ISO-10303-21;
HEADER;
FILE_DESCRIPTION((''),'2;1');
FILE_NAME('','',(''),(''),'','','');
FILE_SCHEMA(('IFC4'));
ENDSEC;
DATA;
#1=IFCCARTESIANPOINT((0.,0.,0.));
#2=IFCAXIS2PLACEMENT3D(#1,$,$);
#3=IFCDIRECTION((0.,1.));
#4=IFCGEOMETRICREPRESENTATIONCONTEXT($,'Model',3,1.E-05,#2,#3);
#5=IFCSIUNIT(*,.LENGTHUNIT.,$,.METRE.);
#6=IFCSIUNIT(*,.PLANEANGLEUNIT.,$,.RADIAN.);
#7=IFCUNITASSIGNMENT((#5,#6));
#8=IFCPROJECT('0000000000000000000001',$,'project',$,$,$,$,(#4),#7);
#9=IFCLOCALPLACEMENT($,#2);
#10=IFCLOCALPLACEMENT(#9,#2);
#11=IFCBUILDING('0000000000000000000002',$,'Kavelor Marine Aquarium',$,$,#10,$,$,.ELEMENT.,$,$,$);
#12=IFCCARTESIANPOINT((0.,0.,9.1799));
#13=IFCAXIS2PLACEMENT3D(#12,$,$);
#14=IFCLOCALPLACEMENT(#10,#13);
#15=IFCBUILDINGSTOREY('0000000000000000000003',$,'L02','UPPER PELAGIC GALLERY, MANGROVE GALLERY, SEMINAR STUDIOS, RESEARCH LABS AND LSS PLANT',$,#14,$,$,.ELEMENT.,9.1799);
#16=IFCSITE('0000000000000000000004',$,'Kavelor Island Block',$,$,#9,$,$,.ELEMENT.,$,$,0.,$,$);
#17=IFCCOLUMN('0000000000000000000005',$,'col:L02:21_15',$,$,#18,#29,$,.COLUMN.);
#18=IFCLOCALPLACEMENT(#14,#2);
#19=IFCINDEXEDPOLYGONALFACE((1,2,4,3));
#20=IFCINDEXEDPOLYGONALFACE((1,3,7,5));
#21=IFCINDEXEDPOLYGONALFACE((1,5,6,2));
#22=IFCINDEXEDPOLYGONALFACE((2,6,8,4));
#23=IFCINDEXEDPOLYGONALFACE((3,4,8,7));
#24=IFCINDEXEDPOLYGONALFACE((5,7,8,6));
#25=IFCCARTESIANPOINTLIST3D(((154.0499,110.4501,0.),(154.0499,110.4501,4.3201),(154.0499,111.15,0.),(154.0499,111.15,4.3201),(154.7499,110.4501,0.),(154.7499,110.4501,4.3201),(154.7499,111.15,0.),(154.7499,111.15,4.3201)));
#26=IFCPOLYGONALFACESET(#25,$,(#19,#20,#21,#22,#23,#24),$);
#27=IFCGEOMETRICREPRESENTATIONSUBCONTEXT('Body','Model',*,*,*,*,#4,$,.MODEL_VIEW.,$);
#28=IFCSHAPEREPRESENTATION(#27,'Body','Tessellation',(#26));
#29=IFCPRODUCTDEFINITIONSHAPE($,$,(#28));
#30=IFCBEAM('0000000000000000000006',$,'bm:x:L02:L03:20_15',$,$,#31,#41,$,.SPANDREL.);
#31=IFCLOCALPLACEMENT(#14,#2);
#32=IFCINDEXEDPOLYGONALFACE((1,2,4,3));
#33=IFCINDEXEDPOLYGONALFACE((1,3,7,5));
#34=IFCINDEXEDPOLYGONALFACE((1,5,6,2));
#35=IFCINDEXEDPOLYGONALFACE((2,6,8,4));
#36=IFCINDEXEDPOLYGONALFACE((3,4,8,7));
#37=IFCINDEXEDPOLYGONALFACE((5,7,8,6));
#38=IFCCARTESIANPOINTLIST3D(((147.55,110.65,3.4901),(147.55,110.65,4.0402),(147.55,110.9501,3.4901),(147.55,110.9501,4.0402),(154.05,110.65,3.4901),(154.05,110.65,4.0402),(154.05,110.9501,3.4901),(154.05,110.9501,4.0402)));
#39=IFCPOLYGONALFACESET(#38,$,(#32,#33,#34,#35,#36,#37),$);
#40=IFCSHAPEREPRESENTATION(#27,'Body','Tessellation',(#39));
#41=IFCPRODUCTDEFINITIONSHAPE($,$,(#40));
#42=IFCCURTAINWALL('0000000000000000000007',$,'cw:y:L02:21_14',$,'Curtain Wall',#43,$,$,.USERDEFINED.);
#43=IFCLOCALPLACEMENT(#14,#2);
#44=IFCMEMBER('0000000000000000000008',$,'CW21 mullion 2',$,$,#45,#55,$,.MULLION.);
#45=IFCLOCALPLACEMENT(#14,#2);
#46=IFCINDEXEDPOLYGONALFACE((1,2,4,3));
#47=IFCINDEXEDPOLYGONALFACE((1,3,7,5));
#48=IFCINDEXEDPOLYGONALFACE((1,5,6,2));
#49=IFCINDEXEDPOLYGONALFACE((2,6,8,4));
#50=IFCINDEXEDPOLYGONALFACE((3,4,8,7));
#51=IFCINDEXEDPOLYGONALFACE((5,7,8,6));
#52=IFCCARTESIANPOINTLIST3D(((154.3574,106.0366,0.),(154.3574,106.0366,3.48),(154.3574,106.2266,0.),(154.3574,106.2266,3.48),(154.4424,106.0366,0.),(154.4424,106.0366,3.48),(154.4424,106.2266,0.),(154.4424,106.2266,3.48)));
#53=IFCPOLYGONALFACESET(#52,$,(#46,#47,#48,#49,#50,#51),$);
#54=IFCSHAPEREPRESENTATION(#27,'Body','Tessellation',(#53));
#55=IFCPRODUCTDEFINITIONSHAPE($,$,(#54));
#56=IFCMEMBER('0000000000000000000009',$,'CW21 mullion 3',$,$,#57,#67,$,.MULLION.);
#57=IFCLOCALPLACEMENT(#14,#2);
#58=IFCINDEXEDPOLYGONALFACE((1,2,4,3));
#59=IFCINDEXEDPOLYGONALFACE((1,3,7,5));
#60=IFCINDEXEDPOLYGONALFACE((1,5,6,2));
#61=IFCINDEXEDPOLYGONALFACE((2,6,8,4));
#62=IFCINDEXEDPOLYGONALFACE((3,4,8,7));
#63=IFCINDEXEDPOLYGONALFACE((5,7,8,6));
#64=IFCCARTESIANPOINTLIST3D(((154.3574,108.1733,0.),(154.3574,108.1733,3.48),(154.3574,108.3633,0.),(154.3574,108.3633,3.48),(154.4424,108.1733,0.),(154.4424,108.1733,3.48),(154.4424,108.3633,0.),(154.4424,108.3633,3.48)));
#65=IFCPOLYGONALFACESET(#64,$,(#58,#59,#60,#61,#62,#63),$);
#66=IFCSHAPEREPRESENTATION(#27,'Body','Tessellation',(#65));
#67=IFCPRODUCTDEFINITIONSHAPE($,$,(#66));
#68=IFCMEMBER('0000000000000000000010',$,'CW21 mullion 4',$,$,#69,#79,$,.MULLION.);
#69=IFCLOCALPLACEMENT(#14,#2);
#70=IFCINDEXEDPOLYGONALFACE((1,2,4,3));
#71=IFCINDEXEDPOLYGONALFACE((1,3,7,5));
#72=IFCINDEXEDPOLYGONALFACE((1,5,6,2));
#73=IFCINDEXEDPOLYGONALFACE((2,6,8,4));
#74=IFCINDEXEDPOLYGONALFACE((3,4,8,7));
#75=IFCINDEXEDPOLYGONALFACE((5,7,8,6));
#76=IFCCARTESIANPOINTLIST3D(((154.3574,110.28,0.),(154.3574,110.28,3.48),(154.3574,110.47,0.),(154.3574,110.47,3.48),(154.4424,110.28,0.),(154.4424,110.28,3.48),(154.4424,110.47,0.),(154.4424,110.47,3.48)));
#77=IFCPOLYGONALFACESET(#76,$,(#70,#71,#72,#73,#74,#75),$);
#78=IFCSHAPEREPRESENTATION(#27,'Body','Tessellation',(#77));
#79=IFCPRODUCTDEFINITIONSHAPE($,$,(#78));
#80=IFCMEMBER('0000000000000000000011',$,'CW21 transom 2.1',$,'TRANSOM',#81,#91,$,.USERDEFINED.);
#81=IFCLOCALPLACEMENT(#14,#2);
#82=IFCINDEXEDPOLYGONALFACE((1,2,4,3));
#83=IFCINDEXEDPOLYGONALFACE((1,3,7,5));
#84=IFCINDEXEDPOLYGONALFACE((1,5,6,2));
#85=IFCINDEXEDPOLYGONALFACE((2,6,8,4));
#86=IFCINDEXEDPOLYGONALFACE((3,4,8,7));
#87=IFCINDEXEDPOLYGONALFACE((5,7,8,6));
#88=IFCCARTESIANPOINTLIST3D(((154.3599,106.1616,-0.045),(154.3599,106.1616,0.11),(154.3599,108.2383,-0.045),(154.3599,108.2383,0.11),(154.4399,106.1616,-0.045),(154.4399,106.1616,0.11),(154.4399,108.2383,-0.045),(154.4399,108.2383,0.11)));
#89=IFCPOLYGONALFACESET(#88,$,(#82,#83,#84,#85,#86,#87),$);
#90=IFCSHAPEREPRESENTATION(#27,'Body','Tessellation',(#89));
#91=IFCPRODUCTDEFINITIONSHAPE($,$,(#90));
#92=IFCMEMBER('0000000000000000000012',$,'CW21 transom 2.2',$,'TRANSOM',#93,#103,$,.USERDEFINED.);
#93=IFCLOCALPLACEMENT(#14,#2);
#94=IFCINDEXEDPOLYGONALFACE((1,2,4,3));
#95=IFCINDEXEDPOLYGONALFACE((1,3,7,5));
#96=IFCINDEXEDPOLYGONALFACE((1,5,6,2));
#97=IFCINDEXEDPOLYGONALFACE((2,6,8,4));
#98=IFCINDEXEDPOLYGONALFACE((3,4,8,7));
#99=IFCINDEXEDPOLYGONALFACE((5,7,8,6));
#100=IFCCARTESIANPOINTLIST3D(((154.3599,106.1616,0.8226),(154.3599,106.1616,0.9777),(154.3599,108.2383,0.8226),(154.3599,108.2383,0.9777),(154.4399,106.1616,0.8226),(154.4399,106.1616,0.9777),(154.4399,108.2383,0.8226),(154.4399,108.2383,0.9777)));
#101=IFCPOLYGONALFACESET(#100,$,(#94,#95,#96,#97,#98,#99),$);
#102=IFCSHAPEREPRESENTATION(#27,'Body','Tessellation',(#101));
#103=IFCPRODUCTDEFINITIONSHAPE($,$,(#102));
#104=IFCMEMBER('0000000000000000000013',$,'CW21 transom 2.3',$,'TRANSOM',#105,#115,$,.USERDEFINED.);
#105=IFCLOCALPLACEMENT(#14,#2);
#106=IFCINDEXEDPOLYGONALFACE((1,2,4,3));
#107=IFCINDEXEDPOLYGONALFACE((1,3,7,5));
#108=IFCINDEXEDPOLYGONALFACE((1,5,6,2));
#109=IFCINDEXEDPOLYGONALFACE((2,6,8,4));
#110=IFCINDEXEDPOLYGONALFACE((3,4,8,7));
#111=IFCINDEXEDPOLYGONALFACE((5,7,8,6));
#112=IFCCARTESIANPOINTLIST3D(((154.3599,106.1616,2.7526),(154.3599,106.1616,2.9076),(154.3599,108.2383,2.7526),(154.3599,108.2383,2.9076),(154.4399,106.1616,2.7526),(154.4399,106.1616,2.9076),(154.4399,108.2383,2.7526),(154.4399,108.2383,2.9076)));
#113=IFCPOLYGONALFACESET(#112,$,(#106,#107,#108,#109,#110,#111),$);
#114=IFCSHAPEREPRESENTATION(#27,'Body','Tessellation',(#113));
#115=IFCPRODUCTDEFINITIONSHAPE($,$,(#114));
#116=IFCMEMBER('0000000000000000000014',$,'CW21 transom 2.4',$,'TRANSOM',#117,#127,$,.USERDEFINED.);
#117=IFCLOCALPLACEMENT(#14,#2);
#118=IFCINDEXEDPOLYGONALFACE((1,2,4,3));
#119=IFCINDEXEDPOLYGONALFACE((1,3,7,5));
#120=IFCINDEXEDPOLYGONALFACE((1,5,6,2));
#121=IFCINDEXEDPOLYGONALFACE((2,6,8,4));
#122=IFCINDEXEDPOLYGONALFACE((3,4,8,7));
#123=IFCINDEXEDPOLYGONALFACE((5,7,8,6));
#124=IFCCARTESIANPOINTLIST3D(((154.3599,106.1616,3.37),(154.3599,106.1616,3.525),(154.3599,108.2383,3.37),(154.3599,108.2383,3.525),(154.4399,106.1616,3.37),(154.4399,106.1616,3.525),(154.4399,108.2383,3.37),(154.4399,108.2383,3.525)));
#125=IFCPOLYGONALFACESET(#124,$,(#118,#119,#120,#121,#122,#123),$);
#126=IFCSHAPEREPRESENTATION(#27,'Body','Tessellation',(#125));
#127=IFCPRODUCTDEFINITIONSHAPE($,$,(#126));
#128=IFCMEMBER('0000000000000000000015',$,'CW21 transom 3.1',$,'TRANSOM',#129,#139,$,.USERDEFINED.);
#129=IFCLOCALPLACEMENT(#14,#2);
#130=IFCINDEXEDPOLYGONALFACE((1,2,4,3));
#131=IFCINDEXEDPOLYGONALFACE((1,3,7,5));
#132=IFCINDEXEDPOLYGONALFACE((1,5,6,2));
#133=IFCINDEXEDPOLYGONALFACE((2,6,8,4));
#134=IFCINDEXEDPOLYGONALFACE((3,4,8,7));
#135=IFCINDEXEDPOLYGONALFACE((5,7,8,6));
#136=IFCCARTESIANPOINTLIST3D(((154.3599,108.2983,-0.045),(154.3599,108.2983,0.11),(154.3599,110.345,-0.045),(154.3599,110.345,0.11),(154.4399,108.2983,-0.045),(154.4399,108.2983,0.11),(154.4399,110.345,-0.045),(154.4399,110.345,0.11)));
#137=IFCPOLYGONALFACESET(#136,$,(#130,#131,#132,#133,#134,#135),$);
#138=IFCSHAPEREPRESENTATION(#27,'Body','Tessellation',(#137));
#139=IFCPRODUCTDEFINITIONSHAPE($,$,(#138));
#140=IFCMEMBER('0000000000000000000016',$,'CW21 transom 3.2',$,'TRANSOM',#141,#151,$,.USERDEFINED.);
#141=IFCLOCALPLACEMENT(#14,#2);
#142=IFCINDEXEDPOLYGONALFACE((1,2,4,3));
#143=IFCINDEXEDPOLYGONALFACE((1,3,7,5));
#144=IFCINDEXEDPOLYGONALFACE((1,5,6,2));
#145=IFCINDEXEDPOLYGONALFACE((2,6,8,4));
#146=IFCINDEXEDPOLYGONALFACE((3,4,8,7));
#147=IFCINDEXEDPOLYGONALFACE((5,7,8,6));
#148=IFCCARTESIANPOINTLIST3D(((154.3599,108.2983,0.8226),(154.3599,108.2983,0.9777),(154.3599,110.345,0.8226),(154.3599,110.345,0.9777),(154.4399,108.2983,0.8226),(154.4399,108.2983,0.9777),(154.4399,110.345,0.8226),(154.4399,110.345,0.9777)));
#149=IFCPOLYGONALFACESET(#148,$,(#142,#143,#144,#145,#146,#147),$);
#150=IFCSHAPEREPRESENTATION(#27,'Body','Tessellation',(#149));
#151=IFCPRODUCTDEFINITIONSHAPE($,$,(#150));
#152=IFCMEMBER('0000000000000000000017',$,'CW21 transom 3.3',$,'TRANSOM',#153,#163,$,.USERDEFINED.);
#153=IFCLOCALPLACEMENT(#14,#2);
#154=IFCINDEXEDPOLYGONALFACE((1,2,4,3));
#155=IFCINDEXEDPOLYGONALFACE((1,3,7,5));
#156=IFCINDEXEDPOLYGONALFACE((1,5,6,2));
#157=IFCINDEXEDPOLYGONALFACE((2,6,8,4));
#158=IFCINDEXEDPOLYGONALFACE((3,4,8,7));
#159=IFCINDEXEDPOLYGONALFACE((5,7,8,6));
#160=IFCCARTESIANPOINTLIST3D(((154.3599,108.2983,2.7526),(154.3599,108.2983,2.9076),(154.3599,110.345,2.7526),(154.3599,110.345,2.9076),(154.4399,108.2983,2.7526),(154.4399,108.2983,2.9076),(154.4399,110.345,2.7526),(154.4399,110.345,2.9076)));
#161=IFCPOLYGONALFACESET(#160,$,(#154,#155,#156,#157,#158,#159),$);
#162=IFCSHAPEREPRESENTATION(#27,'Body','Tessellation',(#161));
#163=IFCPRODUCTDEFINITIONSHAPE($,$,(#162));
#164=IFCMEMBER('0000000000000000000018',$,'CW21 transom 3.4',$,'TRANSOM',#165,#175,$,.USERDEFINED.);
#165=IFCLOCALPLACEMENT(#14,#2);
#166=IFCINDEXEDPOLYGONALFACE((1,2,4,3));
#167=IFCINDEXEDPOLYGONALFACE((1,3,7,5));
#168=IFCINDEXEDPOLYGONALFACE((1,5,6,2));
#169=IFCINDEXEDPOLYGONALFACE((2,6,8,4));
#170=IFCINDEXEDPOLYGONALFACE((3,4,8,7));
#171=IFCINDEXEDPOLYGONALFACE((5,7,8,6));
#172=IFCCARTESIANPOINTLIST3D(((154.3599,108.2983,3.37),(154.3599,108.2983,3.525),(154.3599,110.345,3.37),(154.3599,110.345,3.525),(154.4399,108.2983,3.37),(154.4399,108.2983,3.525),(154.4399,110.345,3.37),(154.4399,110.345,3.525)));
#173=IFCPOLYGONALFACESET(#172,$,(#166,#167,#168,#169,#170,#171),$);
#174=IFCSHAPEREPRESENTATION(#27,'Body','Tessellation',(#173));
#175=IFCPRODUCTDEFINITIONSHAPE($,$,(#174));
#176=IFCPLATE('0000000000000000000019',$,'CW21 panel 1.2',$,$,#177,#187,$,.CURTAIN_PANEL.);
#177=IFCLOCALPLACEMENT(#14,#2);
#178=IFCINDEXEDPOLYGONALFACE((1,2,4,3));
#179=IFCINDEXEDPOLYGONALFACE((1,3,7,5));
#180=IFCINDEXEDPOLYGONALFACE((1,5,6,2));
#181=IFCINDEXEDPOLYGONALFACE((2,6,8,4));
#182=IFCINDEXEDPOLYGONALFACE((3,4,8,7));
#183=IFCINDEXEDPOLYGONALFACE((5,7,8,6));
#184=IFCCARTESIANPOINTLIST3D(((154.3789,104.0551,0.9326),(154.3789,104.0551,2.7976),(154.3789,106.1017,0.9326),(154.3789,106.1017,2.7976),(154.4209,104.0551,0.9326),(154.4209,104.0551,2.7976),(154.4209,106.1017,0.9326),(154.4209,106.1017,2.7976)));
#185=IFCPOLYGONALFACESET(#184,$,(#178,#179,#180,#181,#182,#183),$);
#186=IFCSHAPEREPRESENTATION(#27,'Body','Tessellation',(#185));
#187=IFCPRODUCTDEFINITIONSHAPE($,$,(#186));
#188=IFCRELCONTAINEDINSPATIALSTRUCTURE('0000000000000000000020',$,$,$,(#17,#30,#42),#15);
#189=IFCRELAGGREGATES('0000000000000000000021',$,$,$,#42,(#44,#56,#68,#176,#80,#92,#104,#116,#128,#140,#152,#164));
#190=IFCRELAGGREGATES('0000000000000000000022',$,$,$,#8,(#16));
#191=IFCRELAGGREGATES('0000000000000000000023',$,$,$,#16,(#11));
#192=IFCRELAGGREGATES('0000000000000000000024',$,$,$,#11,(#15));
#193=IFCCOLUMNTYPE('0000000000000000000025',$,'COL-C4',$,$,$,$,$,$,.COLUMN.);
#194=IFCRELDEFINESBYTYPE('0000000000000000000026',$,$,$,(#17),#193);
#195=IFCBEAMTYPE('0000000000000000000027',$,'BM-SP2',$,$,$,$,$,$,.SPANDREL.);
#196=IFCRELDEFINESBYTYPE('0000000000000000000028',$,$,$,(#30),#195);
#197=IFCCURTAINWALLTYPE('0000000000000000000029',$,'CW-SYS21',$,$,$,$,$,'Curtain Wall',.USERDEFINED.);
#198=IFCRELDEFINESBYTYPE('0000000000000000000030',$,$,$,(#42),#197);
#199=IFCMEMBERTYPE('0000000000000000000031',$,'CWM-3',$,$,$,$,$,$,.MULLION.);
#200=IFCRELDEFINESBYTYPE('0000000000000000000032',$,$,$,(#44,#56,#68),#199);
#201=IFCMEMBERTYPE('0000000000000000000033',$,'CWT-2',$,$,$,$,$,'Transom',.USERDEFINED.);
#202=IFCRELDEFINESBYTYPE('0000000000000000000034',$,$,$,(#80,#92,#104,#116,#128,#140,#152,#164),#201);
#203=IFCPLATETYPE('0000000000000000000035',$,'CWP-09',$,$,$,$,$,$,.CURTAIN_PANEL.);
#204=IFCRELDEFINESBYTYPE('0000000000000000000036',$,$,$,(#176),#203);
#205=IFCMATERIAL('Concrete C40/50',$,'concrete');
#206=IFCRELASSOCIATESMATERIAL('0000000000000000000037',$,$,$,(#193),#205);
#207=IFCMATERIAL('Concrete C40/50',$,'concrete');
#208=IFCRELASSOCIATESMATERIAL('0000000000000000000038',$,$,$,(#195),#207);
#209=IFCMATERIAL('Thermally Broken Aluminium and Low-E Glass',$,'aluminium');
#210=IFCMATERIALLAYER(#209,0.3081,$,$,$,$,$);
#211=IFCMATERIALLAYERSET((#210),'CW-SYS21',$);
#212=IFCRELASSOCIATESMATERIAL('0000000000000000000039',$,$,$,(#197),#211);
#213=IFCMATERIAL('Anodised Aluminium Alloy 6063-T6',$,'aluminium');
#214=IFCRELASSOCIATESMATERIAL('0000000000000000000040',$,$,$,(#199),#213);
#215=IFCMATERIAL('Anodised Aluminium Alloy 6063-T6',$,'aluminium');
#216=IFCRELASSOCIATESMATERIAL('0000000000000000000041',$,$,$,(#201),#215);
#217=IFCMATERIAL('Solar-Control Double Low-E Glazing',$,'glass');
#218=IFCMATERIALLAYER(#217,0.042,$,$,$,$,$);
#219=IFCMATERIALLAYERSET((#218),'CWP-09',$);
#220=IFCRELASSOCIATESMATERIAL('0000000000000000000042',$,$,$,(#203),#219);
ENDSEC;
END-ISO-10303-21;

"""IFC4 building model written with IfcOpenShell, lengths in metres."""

from ifc_helpers import new_model, si_unit, direction, frame, origin, origin_2d, place, context, subcontext, project, spatial, rectangle, extrude, material, layer, layer_set, material_profile, profile_set, type_object, element, aggregate, save


model = new_model("IFC4")

# Units and contexts
model_context = context("Model", 3, precision=1e-05, world=origin(), true_north=direction((0.0, 1.0)))
body_context = subcontext(model_context, "Body", "Model", "MODEL_VIEW")
ifc_project = project(units=[si_unit("LENGTHUNIT", "METRE"), si_unit("PLANEANGLEUNIT", "RADIAN")], contexts=[model_context])

# Site, building, storey
site_placement = place(None, origin())
site = spatial("IfcSite", under=ifc_project, at=site_placement, Name="Kavelor Island Block", CompositionType="ELEMENT", RefElevation=0.0)
building_placement = place(site_placement, origin())
building = spatial("IfcBuilding", under=site, at=building_placement, Name="Kavelor Marine Aquarium", CompositionType="ELEMENT")
storey_placement = place(building_placement, frame((0.0, 0.0, 9.1799)))
storey = spatial("IfcBuildingStorey", under=building, at=storey_placement, Name="L02", Description="UPPER PELAGIC GALLERY, MANGROVE GALLERY, SEMINAR STUDIOS, RESEARCH LABS AND LSS PLANT", CompositionType="ELEMENT", Elevation=9.1799)

# Column
ifc_material_1 = material(Name="Concrete C40/50", Category="concrete")
ifc_material_profile_1 = material_profile(ifc_material_1, rectangle(XDim=0.7, YDim=0.7, at=origin_2d()), Name="RC-COL 700x700")
ifc_profile_set_1 = profile_set([ifc_material_profile_1], Name="Concrete C40/50")
column_type = type_object("IfcColumnType", Name="COL-C4", PredefinedType="COLUMN", material=ifc_profile_set_1)
column_placement = place(storey_placement, frame((154.3999, 110.8, 0.0), z_axis=(0.0, 0.0, 1.0), x_axis=(1.0, 0.0, 0.0)))
element("IfcColumn", 1, at=column_placement, inside=storey, type_object=column_type, Name="col:L02:21_15", PredefinedType="COLUMN", context=body_context, shape_type="SweptSolid", body=[
    extrude(rectangle(XDim=0.7, YDim=0.7, at=origin_2d()), origin(), (0.0, 0.0, 1.0), 4.3201),
])

# Beam
ifc_material_2 = material(Name="Concrete C40/50", Category="concrete")
ifc_material_profile_2 = material_profile(ifc_material_2, rectangle(XDim=0.3, YDim=0.55, at=origin_2d()), Name="RC-SP 300x550")
ifc_profile_set_2 = profile_set([ifc_material_profile_2], Name="Concrete C40/50")
beam_type = type_object("IfcBeamType", Name="BM-SP2", PredefinedType="SPANDREL", material=ifc_profile_set_2)
beam_placement = place(storey_placement, frame((147.55, 110.8, 3.7651), z_axis=(1.0, 0.0, 0.0), x_axis=(0.0, 1.0, 0.0)))
element("IfcBeam", 2, at=beam_placement, inside=storey, type_object=beam_type, Name="bm:x:L02:L03:20_15", PredefinedType="SPANDREL", context=body_context, shape_type="SweptSolid", body=[
    extrude(rectangle(XDim=0.3, YDim=0.55, at=origin_2d()), origin(), (0.0, 0.0, 1.0), 6.5),
])

# Curtain wall, members, plate
ifc_material_3 = material(Name="Thermally Broken Aluminium and Low-E Glass", Category="aluminium")
ifc_layer_1 = layer(ifc_material_3, 0.3081)
ifc_layer_set_1 = layer_set([ifc_layer_1], Name="CW-SYS21")
curtain_wall_type = type_object("IfcCurtainWallType", Name="CW-SYS21", ElementType="Curtain Wall", PredefinedType="USERDEFINED", material=ifc_layer_set_1)
curtain_wall_placement = place(storey_placement, origin())
curtain_wall = element("IfcCurtainWall", 3, at=curtain_wall_placement, inside=storey, type_object=curtain_wall_type, Name="cw:y:L02:21_14", ObjectType="Curtain Wall", PredefinedType="USERDEFINED")
ifc_material_4 = material(Name="Anodised Aluminium Alloy 6063-T6", Category="aluminium")
ifc_material_profile_3 = material_profile(ifc_material_4, rectangle(XDim=0.085, YDim=0.1899, at=origin_2d()), Name="CW-MUL 85x190")
ifc_profile_set_3 = profile_set([ifc_material_profile_3], Name="Anodised Aluminium Alloy 6063-T6")
member_type_1 = type_object("IfcMemberType", Name="CWM-3", PredefinedType="MULLION", material=ifc_profile_set_3)
member_1_placement = place(storey_placement, frame((154.3999, 106.1316, 0.0), z_axis=(0.0, 0.0, 1.0), x_axis=(-1.0, 0.0, 0.0)))
member_1 = element("IfcMember", 4, at=member_1_placement, type_object=member_type_1, Name="CW21 mullion 2", PredefinedType="MULLION", context=body_context, shape_type="SweptSolid", body=[
    extrude(rectangle(XDim=0.085, YDim=0.1899, at=origin_2d()), origin(), (0.0, 0.0, 1.0), 3.48),
])
member_2_placement = place(storey_placement, frame((154.3999, 108.2683, 0.0), z_axis=(0.0, 0.0, 1.0), x_axis=(-1.0, 0.0, 0.0)))
member_2 = element("IfcMember", 5, at=member_2_placement, type_object=member_type_1, Name="CW21 mullion 3", PredefinedType="MULLION", context=body_context, shape_type="SweptSolid", body=[
    extrude(rectangle(XDim=0.085, YDim=0.1899, at=origin_2d()), origin(), (0.0, 0.0, 1.0), 3.48),
])
member_3_placement = place(storey_placement, frame((154.3999, 110.375, 0.0), z_axis=(0.0, 0.0, 1.0), x_axis=(-1.0, 0.0, 0.0)))
member_3 = element("IfcMember", 6, at=member_3_placement, type_object=member_type_1, Name="CW21 mullion 4", PredefinedType="MULLION", context=body_context, shape_type="SweptSolid", body=[
    extrude(rectangle(XDim=0.085, YDim=0.1899, at=origin_2d()), origin(), (0.0, 0.0, 1.0), 3.48),
])
ifc_material_5 = material(Name="Anodised Aluminium Alloy 6063-T6", Category="aluminium")
ifc_material_profile_4 = material_profile(ifc_material_5, rectangle(XDim=0.0801, YDim=0.155, at=origin_2d()), Name="CW-TRN 80x155")
ifc_profile_set_4 = profile_set([ifc_material_profile_4], Name="Anodised Aluminium Alloy 6063-T6")
member_type_2 = type_object("IfcMemberType", Name="CWT-2", ElementType="Transom", PredefinedType="USERDEFINED", material=ifc_profile_set_4)
member_4_placement = place(storey_placement, frame((154.3999, 106.1616, 0.0325), z_axis=(0.0, 1.0, 0.0), x_axis=(-1.0, 0.0, 0.0)))
member_4 = element("IfcMember", 7, at=member_4_placement, type_object=member_type_2, Name="CW21 transom 2.1", ObjectType="TRANSOM", PredefinedType="USERDEFINED", context=body_context, shape_type="SweptSolid", body=[
    extrude(rectangle(XDim=0.0801, YDim=0.155, at=origin_2d()), origin(), (0.0, 0.0, 1.0), 2.0767),
])
member_5_placement = place(storey_placement, frame((154.3999, 106.1616, 0.9001), z_axis=(0.0, 1.0, 0.0), x_axis=(-1.0, 0.0, 0.0)))
member_5 = element("IfcMember", 8, at=member_5_placement, type_object=member_type_2, Name="CW21 transom 2.2", ObjectType="TRANSOM", PredefinedType="USERDEFINED", context=body_context, shape_type="SweptSolid", body=[
    extrude(rectangle(XDim=0.0801, YDim=0.155, at=origin_2d()), origin(), (0.0, 0.0, 1.0), 2.0767),
])
member_6_placement = place(storey_placement, frame((154.3999, 106.1616, 2.8301), z_axis=(0.0, 1.0, 0.0), x_axis=(-1.0, 0.0, 0.0)))
member_6 = element("IfcMember", 9, at=member_6_placement, type_object=member_type_2, Name="CW21 transom 2.3", ObjectType="TRANSOM", PredefinedType="USERDEFINED", context=body_context, shape_type="SweptSolid", body=[
    extrude(rectangle(XDim=0.0801, YDim=0.155, at=origin_2d()), origin(), (0.0, 0.0, 1.0), 2.0767),
])
member_7_placement = place(storey_placement, frame((154.3999, 106.1616, 3.4475), z_axis=(0.0, 1.0, 0.0), x_axis=(-1.0, 0.0, 0.0)))
member_7 = element("IfcMember", 10, at=member_7_placement, type_object=member_type_2, Name="CW21 transom 2.4", ObjectType="TRANSOM", PredefinedType="USERDEFINED", context=body_context, shape_type="SweptSolid", body=[
    extrude(rectangle(XDim=0.0801, YDim=0.155, at=origin_2d()), origin(), (0.0, 0.0, 1.0), 2.0767),
])
member_8_placement = place(storey_placement, frame((154.3999, 108.2983, 0.0325), z_axis=(0.0, 1.0, 0.0), x_axis=(-1.0, 0.0, 0.0)))
member_8 = element("IfcMember", 11, at=member_8_placement, type_object=member_type_2, Name="CW21 transom 3.1", ObjectType="TRANSOM", PredefinedType="USERDEFINED", context=body_context, shape_type="SweptSolid", body=[
    extrude(rectangle(XDim=0.0801, YDim=0.155, at=origin_2d()), origin(), (0.0, 0.0, 1.0), 2.0466),
])
member_9_placement = place(storey_placement, frame((154.3999, 108.2983, 0.9001), z_axis=(0.0, 1.0, 0.0), x_axis=(-1.0, 0.0, 0.0)))
member_9 = element("IfcMember", 12, at=member_9_placement, type_object=member_type_2, Name="CW21 transom 3.2", ObjectType="TRANSOM", PredefinedType="USERDEFINED", context=body_context, shape_type="SweptSolid", body=[
    extrude(rectangle(XDim=0.0801, YDim=0.155, at=origin_2d()), origin(), (0.0, 0.0, 1.0), 2.0466),
])
member_10_placement = place(storey_placement, frame((154.3999, 108.2983, 2.8301), z_axis=(0.0, 1.0, 0.0), x_axis=(-1.0, 0.0, 0.0)))
member_10 = element("IfcMember", 13, at=member_10_placement, type_object=member_type_2, Name="CW21 transom 3.3", ObjectType="TRANSOM", PredefinedType="USERDEFINED", context=body_context, shape_type="SweptSolid", body=[
    extrude(rectangle(XDim=0.0801, YDim=0.155, at=origin_2d()), origin(), (0.0, 0.0, 1.0), 2.0466),
])
member_11_placement = place(storey_placement, frame((154.3999, 108.2983, 3.4475), z_axis=(0.0, 1.0, 0.0), x_axis=(-1.0, 0.0, 0.0)))
member_11 = element("IfcMember", 14, at=member_11_placement, type_object=member_type_2, Name="CW21 transom 3.4", ObjectType="TRANSOM", PredefinedType="USERDEFINED", context=body_context, shape_type="SweptSolid", body=[
    extrude(rectangle(XDim=0.0801, YDim=0.155, at=origin_2d()), origin(), (0.0, 0.0, 1.0), 2.0466),
])
ifc_material_6 = material(Name="Solar-Control Double Low-E Glazing", Category="glass")
ifc_layer_2 = layer(ifc_material_6, 0.042)
ifc_layer_set_2 = layer_set([ifc_layer_2], Name="CWP-09")
plate_type = type_object("IfcPlateType", Name="CWP-09", PredefinedType="CURTAIN_PANEL", material=ifc_layer_set_2)
plate_1_placement = place(storey_placement, frame((154.3999, 105.0784, 0.9326), z_axis=(0.0, 0.0, 1.0), x_axis=(0.0, 1.0, 0.0)))
plate_1 = element("IfcPlate", 15, at=plate_1_placement, type_object=plate_type, Name="CW21 panel 1.2", PredefinedType="CURTAIN_PANEL", context=body_context, shape_type="SweptSolid", body=[
    extrude(rectangle(XDim=2.0466, YDim=0.042, at=origin_2d()), origin(), (0.0, 0.0, 1.0), 1.865),
])
aggregate(curtain_wall, [member_1, member_2, member_3, plate_1, member_4, member_5, member_6, member_7, member_8, member_9, member_10, member_11])

save(model, "model.ifc")
